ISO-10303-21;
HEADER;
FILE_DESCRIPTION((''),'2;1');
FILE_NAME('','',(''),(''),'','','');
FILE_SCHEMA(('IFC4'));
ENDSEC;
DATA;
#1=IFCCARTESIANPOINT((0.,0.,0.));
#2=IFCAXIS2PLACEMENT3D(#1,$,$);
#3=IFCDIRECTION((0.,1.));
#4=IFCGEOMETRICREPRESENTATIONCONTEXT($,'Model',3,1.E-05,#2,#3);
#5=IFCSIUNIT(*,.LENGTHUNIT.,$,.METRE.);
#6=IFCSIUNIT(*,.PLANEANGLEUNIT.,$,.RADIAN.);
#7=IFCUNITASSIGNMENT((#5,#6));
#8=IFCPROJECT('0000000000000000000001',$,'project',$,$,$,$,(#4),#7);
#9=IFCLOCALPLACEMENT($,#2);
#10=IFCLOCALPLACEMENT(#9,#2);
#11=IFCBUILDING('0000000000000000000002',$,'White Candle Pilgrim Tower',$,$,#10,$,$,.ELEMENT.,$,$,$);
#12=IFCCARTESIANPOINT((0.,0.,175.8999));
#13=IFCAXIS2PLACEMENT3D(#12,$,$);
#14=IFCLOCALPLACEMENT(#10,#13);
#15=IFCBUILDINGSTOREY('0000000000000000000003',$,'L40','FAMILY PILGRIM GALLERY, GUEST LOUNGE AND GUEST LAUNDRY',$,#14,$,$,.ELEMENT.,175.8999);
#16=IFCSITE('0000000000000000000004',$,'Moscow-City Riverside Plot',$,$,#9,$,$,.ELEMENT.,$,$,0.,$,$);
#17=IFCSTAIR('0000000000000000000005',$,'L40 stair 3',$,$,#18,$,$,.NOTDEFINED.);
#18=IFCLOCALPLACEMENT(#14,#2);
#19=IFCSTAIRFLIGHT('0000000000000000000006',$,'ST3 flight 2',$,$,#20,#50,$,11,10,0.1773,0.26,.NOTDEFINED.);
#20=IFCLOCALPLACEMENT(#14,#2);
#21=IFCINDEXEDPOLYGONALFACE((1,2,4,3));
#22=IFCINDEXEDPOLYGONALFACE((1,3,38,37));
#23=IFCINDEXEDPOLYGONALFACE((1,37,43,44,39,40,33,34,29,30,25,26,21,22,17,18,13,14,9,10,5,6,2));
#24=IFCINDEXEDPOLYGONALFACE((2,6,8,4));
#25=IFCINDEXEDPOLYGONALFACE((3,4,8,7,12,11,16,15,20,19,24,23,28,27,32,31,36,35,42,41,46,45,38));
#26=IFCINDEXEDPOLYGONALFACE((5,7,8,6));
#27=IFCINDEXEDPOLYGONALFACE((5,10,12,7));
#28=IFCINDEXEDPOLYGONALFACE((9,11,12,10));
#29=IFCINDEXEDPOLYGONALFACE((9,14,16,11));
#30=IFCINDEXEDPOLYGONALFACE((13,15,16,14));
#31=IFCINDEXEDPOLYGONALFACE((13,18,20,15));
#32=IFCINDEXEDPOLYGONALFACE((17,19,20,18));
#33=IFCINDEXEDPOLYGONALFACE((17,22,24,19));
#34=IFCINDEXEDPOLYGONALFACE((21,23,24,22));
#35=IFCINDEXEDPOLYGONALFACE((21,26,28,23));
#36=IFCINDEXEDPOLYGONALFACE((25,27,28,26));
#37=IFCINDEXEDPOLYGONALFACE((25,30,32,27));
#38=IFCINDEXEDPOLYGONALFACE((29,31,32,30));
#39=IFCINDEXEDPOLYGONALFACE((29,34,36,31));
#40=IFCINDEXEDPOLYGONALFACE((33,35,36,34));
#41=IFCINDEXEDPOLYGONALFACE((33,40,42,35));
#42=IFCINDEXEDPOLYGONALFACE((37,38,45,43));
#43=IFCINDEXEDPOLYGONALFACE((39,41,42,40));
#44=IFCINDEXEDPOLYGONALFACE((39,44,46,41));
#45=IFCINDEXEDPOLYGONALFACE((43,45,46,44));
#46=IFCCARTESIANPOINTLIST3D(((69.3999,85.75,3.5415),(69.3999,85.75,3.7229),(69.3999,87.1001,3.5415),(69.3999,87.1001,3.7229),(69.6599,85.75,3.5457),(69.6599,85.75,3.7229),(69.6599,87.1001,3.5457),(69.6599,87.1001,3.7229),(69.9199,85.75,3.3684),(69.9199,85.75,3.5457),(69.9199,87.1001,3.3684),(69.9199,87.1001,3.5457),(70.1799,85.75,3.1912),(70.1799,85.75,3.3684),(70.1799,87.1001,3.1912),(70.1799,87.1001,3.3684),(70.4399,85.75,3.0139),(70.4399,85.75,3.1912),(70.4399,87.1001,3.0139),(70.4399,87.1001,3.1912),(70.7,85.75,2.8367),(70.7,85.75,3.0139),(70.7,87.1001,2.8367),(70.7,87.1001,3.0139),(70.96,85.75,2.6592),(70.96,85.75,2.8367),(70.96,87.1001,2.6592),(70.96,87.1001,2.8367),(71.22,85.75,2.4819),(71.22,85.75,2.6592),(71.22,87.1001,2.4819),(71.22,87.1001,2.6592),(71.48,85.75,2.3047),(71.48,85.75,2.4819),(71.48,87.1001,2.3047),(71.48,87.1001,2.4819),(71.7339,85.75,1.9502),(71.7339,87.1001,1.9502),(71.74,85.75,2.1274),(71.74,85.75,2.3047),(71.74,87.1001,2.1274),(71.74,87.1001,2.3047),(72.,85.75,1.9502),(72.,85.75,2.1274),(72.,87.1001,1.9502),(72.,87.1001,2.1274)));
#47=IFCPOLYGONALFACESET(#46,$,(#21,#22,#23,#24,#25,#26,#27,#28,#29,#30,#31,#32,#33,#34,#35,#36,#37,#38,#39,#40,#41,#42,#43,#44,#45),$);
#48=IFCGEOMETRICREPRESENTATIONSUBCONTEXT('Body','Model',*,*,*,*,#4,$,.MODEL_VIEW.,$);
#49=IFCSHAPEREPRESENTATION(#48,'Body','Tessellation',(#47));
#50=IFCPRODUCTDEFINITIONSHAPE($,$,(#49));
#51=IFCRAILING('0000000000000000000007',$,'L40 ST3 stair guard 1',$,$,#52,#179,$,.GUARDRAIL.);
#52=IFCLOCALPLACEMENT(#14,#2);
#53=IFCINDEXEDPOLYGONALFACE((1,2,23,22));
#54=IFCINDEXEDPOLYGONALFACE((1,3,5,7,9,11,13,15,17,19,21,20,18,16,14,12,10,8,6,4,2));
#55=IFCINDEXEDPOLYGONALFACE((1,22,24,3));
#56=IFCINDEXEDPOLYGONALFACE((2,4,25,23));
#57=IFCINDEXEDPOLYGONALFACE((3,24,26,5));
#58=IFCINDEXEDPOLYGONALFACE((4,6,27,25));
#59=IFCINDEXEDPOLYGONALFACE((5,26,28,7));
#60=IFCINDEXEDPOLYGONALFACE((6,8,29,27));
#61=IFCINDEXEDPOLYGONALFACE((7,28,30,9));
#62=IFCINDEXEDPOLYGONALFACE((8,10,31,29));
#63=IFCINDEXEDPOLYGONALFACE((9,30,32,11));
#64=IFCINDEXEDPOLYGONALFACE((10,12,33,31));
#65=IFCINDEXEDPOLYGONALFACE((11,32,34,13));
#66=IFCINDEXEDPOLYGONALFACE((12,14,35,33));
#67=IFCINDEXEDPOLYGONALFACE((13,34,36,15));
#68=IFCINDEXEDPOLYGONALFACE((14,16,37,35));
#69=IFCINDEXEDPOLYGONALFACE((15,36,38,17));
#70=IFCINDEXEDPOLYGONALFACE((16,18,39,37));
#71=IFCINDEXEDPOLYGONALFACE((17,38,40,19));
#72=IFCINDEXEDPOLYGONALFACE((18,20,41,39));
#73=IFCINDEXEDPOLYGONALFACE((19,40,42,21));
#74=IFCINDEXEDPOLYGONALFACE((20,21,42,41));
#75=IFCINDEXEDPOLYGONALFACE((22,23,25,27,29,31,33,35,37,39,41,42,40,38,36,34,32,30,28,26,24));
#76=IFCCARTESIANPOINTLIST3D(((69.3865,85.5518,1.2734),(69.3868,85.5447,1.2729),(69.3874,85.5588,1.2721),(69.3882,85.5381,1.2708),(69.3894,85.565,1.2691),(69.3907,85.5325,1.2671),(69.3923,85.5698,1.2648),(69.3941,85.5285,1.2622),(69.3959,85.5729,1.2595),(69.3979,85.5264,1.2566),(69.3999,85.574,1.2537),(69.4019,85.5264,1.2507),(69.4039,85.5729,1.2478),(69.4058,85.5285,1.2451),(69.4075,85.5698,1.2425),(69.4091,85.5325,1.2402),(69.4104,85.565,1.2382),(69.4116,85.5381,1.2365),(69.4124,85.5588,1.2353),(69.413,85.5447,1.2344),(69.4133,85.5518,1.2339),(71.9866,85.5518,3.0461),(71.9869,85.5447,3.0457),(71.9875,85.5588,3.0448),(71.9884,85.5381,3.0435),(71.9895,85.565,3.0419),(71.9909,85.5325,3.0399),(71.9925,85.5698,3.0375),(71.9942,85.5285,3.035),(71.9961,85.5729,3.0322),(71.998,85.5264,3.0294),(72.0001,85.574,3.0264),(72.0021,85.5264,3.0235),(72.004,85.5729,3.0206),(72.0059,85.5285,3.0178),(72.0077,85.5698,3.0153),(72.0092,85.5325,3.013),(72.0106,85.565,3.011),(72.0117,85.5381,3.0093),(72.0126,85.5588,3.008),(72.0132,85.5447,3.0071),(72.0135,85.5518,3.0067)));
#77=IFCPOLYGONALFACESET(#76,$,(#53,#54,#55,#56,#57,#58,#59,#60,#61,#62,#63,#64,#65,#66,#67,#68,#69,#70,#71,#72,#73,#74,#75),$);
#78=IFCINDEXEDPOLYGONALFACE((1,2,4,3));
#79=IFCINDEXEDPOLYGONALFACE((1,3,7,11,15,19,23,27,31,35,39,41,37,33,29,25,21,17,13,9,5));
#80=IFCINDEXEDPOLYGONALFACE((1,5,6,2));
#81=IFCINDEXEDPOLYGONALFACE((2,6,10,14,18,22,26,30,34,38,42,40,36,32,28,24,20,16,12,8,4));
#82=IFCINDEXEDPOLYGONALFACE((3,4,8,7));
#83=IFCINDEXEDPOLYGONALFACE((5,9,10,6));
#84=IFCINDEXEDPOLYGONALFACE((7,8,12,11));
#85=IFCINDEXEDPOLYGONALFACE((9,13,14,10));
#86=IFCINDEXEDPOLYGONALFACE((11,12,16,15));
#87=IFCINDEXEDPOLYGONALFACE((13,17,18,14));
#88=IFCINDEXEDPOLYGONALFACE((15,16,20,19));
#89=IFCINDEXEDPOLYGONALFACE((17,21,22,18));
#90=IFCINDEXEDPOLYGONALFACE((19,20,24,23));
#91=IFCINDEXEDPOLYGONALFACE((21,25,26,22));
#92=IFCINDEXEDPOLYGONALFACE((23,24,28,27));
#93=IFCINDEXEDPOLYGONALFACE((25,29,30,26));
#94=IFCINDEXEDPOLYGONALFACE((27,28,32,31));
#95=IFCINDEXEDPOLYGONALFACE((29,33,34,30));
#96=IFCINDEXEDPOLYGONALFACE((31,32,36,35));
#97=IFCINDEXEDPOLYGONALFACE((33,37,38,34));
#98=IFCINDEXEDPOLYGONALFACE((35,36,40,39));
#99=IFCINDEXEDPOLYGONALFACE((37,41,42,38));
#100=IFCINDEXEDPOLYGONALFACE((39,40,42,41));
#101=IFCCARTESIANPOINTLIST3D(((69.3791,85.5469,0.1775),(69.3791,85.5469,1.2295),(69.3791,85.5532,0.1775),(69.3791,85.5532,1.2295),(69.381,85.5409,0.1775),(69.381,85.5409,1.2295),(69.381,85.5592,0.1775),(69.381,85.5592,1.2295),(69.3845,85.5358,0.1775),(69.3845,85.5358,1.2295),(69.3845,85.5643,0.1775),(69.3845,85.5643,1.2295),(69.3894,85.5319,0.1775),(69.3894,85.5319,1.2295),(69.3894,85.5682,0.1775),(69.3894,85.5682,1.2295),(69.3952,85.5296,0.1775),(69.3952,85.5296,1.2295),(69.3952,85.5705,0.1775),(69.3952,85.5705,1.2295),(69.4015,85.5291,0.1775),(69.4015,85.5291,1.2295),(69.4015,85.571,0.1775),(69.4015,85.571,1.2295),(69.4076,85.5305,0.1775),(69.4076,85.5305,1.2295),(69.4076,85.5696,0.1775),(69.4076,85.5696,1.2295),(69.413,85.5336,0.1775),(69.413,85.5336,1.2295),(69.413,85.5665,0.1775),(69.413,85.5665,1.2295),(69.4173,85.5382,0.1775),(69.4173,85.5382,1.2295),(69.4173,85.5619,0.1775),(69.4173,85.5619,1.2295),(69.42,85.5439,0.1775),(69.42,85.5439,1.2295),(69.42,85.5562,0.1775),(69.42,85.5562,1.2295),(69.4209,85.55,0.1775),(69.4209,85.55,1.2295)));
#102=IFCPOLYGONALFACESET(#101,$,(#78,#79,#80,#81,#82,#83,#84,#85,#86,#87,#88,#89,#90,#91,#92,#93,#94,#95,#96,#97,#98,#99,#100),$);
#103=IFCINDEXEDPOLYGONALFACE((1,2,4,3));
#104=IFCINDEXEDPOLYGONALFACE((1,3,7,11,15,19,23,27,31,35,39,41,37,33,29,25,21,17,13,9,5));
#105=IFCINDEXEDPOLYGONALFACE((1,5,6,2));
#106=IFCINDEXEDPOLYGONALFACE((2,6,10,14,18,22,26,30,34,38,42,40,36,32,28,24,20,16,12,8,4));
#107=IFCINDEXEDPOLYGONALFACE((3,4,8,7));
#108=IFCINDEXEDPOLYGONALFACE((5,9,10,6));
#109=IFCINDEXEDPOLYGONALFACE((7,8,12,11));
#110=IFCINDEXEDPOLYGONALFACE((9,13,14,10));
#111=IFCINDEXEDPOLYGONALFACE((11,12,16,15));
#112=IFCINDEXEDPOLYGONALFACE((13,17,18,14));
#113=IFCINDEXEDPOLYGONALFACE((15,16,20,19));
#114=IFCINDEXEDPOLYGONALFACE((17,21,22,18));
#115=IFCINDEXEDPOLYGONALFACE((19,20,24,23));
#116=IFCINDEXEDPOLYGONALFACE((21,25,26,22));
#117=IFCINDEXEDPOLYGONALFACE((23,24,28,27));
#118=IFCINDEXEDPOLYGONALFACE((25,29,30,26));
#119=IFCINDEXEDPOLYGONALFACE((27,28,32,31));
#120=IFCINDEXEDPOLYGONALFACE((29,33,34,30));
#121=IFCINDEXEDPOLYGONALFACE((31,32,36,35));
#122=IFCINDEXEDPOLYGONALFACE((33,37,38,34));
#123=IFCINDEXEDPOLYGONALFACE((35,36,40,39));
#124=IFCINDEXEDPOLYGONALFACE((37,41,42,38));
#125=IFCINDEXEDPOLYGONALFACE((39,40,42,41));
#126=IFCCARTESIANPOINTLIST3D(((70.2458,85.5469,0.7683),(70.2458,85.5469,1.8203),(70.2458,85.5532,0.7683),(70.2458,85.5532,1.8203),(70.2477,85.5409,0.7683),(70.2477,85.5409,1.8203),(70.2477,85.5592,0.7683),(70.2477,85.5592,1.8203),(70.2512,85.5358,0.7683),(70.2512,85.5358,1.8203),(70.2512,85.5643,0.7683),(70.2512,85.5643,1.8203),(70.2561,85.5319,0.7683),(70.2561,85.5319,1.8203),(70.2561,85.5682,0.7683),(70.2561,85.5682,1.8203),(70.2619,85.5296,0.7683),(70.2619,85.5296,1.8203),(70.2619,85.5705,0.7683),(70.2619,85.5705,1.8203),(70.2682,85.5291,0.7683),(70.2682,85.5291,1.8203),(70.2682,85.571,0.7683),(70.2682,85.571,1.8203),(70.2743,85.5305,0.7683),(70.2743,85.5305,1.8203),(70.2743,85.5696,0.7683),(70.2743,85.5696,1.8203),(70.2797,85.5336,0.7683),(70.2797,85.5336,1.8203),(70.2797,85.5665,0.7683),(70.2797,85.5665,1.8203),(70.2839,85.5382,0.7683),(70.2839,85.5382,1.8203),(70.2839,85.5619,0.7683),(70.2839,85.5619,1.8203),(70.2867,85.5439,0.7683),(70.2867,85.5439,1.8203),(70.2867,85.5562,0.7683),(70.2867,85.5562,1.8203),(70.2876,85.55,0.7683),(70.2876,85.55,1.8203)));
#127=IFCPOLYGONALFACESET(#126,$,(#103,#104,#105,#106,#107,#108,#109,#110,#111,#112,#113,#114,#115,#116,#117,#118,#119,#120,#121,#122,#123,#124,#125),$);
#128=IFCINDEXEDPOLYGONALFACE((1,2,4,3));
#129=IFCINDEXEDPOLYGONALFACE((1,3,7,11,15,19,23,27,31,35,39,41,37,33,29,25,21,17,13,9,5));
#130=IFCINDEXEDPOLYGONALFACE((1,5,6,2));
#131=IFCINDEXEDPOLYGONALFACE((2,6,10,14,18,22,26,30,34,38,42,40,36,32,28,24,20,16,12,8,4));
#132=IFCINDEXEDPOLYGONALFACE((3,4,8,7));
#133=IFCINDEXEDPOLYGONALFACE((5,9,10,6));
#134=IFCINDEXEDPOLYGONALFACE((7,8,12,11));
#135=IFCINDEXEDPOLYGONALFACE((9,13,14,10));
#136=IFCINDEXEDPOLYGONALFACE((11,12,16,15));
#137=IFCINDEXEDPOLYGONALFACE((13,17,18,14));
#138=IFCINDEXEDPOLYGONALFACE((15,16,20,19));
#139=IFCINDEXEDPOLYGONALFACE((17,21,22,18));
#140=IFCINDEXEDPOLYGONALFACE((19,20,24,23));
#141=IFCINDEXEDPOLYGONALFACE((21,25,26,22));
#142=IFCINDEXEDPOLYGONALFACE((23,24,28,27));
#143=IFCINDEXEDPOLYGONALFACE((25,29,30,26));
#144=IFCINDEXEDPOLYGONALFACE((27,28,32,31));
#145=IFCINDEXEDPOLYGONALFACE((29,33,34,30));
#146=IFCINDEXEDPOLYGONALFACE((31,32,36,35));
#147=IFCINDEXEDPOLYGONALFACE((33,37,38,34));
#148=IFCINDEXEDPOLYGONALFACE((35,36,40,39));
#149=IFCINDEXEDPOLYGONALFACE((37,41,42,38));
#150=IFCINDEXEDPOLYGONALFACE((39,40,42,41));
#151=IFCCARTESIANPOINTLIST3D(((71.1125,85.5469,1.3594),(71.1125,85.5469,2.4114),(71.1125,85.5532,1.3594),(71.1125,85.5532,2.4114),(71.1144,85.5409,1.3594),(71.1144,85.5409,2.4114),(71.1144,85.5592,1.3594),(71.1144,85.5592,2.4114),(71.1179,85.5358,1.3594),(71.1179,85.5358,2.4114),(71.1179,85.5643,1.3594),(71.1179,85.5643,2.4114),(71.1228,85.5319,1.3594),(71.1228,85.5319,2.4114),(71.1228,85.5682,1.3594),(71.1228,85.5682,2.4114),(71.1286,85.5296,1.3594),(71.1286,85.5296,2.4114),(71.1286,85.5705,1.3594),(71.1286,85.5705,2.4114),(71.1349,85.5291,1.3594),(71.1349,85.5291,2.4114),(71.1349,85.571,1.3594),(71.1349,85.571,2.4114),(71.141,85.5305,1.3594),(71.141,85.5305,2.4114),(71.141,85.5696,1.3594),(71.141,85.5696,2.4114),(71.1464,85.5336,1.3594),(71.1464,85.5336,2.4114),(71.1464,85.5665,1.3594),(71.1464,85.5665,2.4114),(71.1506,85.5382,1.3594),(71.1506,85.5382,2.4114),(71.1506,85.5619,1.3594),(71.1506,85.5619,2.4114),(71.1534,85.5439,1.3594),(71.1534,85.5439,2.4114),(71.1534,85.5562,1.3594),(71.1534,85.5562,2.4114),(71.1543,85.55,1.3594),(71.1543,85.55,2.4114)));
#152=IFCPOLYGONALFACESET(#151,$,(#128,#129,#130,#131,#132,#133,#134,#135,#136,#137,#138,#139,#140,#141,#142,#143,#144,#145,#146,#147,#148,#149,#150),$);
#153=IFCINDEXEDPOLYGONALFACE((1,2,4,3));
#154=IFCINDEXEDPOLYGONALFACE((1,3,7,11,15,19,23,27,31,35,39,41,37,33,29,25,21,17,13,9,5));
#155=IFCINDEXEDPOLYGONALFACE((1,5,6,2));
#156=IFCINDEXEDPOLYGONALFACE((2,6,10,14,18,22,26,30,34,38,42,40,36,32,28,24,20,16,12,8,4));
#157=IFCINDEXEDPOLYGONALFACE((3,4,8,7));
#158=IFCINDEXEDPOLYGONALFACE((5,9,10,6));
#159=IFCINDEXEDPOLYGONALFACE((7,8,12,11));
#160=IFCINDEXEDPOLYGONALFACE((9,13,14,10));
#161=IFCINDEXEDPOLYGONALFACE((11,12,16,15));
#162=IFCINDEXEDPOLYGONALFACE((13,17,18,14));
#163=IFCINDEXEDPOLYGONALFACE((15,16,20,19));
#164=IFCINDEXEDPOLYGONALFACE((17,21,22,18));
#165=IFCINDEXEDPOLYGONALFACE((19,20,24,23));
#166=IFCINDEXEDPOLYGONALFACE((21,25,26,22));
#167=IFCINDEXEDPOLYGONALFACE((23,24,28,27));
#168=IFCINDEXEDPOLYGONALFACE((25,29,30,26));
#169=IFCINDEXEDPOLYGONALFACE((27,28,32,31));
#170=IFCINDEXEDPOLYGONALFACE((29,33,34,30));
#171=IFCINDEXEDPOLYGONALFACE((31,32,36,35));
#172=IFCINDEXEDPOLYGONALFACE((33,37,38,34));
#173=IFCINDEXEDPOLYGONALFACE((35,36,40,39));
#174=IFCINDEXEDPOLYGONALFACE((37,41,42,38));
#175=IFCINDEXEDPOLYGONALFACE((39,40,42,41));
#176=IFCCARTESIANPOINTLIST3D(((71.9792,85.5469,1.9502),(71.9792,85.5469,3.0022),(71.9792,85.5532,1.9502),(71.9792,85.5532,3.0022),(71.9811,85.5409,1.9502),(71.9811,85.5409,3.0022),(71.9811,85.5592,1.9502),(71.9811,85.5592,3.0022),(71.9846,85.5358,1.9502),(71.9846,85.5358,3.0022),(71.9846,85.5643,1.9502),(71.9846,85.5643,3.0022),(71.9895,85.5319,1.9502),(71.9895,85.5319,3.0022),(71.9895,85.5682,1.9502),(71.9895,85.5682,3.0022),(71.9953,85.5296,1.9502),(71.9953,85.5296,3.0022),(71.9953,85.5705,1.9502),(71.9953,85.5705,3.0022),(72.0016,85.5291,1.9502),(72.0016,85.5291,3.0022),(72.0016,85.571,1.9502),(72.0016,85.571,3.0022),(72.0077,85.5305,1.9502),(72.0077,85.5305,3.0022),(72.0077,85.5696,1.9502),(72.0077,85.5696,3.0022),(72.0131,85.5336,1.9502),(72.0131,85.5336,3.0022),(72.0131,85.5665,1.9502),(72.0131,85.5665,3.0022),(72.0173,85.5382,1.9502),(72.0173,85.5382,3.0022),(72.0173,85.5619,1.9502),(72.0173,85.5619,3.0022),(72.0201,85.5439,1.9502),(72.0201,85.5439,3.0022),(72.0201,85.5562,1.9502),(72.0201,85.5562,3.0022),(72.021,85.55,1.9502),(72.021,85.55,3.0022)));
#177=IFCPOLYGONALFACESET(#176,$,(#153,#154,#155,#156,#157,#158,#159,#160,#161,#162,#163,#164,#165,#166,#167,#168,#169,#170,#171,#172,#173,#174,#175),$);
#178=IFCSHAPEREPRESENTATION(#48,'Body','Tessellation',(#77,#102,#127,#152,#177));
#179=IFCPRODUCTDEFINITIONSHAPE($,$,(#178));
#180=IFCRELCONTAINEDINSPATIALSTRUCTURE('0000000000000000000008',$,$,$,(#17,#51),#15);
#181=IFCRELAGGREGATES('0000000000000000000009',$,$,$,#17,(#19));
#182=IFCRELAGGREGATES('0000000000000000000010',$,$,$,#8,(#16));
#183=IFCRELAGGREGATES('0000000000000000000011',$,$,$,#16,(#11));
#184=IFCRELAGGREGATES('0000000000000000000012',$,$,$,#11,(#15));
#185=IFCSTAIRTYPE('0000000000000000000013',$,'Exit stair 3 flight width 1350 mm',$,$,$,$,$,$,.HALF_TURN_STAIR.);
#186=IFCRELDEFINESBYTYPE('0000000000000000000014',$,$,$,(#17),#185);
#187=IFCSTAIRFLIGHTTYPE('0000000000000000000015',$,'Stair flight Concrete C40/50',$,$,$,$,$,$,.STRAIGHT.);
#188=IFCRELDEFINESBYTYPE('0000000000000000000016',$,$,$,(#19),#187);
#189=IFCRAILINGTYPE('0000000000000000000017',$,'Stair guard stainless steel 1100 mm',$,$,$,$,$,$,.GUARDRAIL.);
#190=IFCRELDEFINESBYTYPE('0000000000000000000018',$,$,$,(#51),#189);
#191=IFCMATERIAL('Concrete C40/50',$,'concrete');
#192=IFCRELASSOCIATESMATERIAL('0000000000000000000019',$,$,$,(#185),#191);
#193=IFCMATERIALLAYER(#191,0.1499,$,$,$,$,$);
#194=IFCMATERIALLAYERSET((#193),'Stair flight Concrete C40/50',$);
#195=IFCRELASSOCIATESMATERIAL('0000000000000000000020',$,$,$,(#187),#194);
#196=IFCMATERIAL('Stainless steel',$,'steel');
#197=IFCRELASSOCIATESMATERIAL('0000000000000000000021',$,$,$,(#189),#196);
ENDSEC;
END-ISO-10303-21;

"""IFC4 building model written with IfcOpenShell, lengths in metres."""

from ifc_helpers import new_model, si_unit, direction, frame, origin, origin_2d, place, context, subcontext, project, spatial, polyline, circle, outline, extrude, material, layer, layer_set, type_object, element, aggregate, save


model = new_model("IFC4")

# Units and contexts
model_context = context("Model", 3, precision=1e-05, world=origin(), true_north=direction((0.0, 1.0)))
body_context = subcontext(model_context, "Body", "Model", "MODEL_VIEW")
ifc_project = project(units=[si_unit("LENGTHUNIT", "METRE"), si_unit("PLANEANGLEUNIT", "RADIAN")], contexts=[model_context])

# Site, building, storey
site_placement = place(None, origin())
site = spatial("IfcSite", under=ifc_project, at=site_placement, Name="Moscow-City Riverside Plot", CompositionType="ELEMENT", RefElevation=0.0)
building_placement = place(site_placement, origin())
building = spatial("IfcBuilding", under=site, at=building_placement, Name="White Candle Pilgrim Tower", CompositionType="ELEMENT")
storey_placement = place(building_placement, frame((0.0, 0.0, 175.8999)))
storey = spatial("IfcBuildingStorey", under=building, at=storey_placement, Name="L40", Description="FAMILY PILGRIM GALLERY, GUEST LOUNGE AND GUEST LAUNDRY", CompositionType="ELEMENT", Elevation=175.8999)

# Stair, stair flight
ifc_material_1 = material(Name="Concrete C40/50", Category="concrete")
stair_type = type_object("IfcStairType", Name="Exit stair 3 flight width 1350 mm", PredefinedType="HALF_TURN_STAIR", material=ifc_material_1)
stair_placement = place(storey_placement, origin())
stair = element("IfcStair", 1, at=stair_placement, inside=storey, type_object=stair_type, Name="L40 stair 3", PredefinedType="NOTDEFINED")
ifc_layer_1 = layer(ifc_material_1, 0.1499)
ifc_layer_set_1 = layer_set([ifc_layer_1], Name="Stair flight Concrete C40/50")
stair_flight_type = type_object("IfcStairFlightType", Name="Stair flight Concrete C40/50", PredefinedType="STRAIGHT", material=ifc_layer_set_1)
stair_flight_1_placement = place(storey_placement, frame((72.0, 86.425, 1.9502), z_axis=(0.0, 0.0, 1.0), x_axis=(-1.0, 0.0, 0.0)))
stair_flight_1 = element("IfcStairFlight", 2, at=stair_flight_1_placement, type_object=stair_flight_type, Name="ST3 flight 2", NumberOfRisers=11, NumberOfTreads=10, PredefinedType="NOTDEFINED", RiserHeight=0.1773, TreadLength=0.26, context=body_context, shape_type="SweptSolid", body=[
    extrude(outline(polyline([(0.0, 0.0), (0.0, 0.1772), (0.26, 0.1772), (0.26, 0.3545), (0.52, 0.3545), (0.52, 0.5317), (0.78, 0.5317), (0.78, 0.709), (1.04, 0.709), (1.04, 0.8865), (1.3, 0.8865), (1.3, 1.0637), (1.5601, 1.0637), (1.5601, 1.241), (1.8201, 1.241), (1.8201, 1.4182), (2.0801, 1.4182), (2.0801, 1.5955), (2.3401, 1.5955), (2.3401, 1.7727), (2.6001, 1.7727), (2.6001, 1.95), (2.6001, 1.5913), (0.2661, 0.0), (0.0, 0.0)])), frame((0.0, 0.675, 0.0), z_axis=(0.0, -1.0, 0.0), x_axis=(1.0, 0.0, 0.0)), (0.0, 0.0, 1.0), 1.3501),
])
aggregate(stair, [stair_flight_1])

# Railing
ifc_material_2 = material(Name="Stainless steel", Category="steel")
railing_type_1 = type_object("IfcRailingType", Name="Stair guard stainless steel 1100 mm", PredefinedType="GUARDRAIL", material=ifc_material_2)
railing_1_placement = place(storey_placement, frame((69.3999, 85.55, 0.1775)))
element("IfcRailing", 3, at=railing_1_placement, inside=storey, type_object=railing_type_1, Name="L40 ST3 stair guard 1", PredefinedType="GUARDRAIL", context=body_context, shape_type="SweptSolid", body=[
    extrude(circle(Radius=0.0239, at=origin_2d()), frame((0.0, 0.0, 1.0762), z_axis=(0.82624, 0.0, 0.563318), x_axis=(0.0, 1.0, 0.0)), (0.0, 0.0, 1.0), 3.147),
    extrude(circle(Radius=0.021, at=origin_2d()), origin(), (0.0, 0.0, 1.0), 1.052),
    extrude(circle(Radius=0.021, at=origin_2d()), frame((0.8667, 0.0, 0.5908)), (0.0, 0.0, 1.0), 1.052),
    extrude(circle(Radius=0.021, at=origin_2d()), frame((1.7334, 0.0, 1.1819)), (0.0, 0.0, 1.0), 1.052),
    extrude(circle(Radius=0.021, at=origin_2d()), frame((2.6001, 0.0, 1.7727)), (0.0, 0.0, 1.0), 1.052),
])

save(model, "model.ifc")
